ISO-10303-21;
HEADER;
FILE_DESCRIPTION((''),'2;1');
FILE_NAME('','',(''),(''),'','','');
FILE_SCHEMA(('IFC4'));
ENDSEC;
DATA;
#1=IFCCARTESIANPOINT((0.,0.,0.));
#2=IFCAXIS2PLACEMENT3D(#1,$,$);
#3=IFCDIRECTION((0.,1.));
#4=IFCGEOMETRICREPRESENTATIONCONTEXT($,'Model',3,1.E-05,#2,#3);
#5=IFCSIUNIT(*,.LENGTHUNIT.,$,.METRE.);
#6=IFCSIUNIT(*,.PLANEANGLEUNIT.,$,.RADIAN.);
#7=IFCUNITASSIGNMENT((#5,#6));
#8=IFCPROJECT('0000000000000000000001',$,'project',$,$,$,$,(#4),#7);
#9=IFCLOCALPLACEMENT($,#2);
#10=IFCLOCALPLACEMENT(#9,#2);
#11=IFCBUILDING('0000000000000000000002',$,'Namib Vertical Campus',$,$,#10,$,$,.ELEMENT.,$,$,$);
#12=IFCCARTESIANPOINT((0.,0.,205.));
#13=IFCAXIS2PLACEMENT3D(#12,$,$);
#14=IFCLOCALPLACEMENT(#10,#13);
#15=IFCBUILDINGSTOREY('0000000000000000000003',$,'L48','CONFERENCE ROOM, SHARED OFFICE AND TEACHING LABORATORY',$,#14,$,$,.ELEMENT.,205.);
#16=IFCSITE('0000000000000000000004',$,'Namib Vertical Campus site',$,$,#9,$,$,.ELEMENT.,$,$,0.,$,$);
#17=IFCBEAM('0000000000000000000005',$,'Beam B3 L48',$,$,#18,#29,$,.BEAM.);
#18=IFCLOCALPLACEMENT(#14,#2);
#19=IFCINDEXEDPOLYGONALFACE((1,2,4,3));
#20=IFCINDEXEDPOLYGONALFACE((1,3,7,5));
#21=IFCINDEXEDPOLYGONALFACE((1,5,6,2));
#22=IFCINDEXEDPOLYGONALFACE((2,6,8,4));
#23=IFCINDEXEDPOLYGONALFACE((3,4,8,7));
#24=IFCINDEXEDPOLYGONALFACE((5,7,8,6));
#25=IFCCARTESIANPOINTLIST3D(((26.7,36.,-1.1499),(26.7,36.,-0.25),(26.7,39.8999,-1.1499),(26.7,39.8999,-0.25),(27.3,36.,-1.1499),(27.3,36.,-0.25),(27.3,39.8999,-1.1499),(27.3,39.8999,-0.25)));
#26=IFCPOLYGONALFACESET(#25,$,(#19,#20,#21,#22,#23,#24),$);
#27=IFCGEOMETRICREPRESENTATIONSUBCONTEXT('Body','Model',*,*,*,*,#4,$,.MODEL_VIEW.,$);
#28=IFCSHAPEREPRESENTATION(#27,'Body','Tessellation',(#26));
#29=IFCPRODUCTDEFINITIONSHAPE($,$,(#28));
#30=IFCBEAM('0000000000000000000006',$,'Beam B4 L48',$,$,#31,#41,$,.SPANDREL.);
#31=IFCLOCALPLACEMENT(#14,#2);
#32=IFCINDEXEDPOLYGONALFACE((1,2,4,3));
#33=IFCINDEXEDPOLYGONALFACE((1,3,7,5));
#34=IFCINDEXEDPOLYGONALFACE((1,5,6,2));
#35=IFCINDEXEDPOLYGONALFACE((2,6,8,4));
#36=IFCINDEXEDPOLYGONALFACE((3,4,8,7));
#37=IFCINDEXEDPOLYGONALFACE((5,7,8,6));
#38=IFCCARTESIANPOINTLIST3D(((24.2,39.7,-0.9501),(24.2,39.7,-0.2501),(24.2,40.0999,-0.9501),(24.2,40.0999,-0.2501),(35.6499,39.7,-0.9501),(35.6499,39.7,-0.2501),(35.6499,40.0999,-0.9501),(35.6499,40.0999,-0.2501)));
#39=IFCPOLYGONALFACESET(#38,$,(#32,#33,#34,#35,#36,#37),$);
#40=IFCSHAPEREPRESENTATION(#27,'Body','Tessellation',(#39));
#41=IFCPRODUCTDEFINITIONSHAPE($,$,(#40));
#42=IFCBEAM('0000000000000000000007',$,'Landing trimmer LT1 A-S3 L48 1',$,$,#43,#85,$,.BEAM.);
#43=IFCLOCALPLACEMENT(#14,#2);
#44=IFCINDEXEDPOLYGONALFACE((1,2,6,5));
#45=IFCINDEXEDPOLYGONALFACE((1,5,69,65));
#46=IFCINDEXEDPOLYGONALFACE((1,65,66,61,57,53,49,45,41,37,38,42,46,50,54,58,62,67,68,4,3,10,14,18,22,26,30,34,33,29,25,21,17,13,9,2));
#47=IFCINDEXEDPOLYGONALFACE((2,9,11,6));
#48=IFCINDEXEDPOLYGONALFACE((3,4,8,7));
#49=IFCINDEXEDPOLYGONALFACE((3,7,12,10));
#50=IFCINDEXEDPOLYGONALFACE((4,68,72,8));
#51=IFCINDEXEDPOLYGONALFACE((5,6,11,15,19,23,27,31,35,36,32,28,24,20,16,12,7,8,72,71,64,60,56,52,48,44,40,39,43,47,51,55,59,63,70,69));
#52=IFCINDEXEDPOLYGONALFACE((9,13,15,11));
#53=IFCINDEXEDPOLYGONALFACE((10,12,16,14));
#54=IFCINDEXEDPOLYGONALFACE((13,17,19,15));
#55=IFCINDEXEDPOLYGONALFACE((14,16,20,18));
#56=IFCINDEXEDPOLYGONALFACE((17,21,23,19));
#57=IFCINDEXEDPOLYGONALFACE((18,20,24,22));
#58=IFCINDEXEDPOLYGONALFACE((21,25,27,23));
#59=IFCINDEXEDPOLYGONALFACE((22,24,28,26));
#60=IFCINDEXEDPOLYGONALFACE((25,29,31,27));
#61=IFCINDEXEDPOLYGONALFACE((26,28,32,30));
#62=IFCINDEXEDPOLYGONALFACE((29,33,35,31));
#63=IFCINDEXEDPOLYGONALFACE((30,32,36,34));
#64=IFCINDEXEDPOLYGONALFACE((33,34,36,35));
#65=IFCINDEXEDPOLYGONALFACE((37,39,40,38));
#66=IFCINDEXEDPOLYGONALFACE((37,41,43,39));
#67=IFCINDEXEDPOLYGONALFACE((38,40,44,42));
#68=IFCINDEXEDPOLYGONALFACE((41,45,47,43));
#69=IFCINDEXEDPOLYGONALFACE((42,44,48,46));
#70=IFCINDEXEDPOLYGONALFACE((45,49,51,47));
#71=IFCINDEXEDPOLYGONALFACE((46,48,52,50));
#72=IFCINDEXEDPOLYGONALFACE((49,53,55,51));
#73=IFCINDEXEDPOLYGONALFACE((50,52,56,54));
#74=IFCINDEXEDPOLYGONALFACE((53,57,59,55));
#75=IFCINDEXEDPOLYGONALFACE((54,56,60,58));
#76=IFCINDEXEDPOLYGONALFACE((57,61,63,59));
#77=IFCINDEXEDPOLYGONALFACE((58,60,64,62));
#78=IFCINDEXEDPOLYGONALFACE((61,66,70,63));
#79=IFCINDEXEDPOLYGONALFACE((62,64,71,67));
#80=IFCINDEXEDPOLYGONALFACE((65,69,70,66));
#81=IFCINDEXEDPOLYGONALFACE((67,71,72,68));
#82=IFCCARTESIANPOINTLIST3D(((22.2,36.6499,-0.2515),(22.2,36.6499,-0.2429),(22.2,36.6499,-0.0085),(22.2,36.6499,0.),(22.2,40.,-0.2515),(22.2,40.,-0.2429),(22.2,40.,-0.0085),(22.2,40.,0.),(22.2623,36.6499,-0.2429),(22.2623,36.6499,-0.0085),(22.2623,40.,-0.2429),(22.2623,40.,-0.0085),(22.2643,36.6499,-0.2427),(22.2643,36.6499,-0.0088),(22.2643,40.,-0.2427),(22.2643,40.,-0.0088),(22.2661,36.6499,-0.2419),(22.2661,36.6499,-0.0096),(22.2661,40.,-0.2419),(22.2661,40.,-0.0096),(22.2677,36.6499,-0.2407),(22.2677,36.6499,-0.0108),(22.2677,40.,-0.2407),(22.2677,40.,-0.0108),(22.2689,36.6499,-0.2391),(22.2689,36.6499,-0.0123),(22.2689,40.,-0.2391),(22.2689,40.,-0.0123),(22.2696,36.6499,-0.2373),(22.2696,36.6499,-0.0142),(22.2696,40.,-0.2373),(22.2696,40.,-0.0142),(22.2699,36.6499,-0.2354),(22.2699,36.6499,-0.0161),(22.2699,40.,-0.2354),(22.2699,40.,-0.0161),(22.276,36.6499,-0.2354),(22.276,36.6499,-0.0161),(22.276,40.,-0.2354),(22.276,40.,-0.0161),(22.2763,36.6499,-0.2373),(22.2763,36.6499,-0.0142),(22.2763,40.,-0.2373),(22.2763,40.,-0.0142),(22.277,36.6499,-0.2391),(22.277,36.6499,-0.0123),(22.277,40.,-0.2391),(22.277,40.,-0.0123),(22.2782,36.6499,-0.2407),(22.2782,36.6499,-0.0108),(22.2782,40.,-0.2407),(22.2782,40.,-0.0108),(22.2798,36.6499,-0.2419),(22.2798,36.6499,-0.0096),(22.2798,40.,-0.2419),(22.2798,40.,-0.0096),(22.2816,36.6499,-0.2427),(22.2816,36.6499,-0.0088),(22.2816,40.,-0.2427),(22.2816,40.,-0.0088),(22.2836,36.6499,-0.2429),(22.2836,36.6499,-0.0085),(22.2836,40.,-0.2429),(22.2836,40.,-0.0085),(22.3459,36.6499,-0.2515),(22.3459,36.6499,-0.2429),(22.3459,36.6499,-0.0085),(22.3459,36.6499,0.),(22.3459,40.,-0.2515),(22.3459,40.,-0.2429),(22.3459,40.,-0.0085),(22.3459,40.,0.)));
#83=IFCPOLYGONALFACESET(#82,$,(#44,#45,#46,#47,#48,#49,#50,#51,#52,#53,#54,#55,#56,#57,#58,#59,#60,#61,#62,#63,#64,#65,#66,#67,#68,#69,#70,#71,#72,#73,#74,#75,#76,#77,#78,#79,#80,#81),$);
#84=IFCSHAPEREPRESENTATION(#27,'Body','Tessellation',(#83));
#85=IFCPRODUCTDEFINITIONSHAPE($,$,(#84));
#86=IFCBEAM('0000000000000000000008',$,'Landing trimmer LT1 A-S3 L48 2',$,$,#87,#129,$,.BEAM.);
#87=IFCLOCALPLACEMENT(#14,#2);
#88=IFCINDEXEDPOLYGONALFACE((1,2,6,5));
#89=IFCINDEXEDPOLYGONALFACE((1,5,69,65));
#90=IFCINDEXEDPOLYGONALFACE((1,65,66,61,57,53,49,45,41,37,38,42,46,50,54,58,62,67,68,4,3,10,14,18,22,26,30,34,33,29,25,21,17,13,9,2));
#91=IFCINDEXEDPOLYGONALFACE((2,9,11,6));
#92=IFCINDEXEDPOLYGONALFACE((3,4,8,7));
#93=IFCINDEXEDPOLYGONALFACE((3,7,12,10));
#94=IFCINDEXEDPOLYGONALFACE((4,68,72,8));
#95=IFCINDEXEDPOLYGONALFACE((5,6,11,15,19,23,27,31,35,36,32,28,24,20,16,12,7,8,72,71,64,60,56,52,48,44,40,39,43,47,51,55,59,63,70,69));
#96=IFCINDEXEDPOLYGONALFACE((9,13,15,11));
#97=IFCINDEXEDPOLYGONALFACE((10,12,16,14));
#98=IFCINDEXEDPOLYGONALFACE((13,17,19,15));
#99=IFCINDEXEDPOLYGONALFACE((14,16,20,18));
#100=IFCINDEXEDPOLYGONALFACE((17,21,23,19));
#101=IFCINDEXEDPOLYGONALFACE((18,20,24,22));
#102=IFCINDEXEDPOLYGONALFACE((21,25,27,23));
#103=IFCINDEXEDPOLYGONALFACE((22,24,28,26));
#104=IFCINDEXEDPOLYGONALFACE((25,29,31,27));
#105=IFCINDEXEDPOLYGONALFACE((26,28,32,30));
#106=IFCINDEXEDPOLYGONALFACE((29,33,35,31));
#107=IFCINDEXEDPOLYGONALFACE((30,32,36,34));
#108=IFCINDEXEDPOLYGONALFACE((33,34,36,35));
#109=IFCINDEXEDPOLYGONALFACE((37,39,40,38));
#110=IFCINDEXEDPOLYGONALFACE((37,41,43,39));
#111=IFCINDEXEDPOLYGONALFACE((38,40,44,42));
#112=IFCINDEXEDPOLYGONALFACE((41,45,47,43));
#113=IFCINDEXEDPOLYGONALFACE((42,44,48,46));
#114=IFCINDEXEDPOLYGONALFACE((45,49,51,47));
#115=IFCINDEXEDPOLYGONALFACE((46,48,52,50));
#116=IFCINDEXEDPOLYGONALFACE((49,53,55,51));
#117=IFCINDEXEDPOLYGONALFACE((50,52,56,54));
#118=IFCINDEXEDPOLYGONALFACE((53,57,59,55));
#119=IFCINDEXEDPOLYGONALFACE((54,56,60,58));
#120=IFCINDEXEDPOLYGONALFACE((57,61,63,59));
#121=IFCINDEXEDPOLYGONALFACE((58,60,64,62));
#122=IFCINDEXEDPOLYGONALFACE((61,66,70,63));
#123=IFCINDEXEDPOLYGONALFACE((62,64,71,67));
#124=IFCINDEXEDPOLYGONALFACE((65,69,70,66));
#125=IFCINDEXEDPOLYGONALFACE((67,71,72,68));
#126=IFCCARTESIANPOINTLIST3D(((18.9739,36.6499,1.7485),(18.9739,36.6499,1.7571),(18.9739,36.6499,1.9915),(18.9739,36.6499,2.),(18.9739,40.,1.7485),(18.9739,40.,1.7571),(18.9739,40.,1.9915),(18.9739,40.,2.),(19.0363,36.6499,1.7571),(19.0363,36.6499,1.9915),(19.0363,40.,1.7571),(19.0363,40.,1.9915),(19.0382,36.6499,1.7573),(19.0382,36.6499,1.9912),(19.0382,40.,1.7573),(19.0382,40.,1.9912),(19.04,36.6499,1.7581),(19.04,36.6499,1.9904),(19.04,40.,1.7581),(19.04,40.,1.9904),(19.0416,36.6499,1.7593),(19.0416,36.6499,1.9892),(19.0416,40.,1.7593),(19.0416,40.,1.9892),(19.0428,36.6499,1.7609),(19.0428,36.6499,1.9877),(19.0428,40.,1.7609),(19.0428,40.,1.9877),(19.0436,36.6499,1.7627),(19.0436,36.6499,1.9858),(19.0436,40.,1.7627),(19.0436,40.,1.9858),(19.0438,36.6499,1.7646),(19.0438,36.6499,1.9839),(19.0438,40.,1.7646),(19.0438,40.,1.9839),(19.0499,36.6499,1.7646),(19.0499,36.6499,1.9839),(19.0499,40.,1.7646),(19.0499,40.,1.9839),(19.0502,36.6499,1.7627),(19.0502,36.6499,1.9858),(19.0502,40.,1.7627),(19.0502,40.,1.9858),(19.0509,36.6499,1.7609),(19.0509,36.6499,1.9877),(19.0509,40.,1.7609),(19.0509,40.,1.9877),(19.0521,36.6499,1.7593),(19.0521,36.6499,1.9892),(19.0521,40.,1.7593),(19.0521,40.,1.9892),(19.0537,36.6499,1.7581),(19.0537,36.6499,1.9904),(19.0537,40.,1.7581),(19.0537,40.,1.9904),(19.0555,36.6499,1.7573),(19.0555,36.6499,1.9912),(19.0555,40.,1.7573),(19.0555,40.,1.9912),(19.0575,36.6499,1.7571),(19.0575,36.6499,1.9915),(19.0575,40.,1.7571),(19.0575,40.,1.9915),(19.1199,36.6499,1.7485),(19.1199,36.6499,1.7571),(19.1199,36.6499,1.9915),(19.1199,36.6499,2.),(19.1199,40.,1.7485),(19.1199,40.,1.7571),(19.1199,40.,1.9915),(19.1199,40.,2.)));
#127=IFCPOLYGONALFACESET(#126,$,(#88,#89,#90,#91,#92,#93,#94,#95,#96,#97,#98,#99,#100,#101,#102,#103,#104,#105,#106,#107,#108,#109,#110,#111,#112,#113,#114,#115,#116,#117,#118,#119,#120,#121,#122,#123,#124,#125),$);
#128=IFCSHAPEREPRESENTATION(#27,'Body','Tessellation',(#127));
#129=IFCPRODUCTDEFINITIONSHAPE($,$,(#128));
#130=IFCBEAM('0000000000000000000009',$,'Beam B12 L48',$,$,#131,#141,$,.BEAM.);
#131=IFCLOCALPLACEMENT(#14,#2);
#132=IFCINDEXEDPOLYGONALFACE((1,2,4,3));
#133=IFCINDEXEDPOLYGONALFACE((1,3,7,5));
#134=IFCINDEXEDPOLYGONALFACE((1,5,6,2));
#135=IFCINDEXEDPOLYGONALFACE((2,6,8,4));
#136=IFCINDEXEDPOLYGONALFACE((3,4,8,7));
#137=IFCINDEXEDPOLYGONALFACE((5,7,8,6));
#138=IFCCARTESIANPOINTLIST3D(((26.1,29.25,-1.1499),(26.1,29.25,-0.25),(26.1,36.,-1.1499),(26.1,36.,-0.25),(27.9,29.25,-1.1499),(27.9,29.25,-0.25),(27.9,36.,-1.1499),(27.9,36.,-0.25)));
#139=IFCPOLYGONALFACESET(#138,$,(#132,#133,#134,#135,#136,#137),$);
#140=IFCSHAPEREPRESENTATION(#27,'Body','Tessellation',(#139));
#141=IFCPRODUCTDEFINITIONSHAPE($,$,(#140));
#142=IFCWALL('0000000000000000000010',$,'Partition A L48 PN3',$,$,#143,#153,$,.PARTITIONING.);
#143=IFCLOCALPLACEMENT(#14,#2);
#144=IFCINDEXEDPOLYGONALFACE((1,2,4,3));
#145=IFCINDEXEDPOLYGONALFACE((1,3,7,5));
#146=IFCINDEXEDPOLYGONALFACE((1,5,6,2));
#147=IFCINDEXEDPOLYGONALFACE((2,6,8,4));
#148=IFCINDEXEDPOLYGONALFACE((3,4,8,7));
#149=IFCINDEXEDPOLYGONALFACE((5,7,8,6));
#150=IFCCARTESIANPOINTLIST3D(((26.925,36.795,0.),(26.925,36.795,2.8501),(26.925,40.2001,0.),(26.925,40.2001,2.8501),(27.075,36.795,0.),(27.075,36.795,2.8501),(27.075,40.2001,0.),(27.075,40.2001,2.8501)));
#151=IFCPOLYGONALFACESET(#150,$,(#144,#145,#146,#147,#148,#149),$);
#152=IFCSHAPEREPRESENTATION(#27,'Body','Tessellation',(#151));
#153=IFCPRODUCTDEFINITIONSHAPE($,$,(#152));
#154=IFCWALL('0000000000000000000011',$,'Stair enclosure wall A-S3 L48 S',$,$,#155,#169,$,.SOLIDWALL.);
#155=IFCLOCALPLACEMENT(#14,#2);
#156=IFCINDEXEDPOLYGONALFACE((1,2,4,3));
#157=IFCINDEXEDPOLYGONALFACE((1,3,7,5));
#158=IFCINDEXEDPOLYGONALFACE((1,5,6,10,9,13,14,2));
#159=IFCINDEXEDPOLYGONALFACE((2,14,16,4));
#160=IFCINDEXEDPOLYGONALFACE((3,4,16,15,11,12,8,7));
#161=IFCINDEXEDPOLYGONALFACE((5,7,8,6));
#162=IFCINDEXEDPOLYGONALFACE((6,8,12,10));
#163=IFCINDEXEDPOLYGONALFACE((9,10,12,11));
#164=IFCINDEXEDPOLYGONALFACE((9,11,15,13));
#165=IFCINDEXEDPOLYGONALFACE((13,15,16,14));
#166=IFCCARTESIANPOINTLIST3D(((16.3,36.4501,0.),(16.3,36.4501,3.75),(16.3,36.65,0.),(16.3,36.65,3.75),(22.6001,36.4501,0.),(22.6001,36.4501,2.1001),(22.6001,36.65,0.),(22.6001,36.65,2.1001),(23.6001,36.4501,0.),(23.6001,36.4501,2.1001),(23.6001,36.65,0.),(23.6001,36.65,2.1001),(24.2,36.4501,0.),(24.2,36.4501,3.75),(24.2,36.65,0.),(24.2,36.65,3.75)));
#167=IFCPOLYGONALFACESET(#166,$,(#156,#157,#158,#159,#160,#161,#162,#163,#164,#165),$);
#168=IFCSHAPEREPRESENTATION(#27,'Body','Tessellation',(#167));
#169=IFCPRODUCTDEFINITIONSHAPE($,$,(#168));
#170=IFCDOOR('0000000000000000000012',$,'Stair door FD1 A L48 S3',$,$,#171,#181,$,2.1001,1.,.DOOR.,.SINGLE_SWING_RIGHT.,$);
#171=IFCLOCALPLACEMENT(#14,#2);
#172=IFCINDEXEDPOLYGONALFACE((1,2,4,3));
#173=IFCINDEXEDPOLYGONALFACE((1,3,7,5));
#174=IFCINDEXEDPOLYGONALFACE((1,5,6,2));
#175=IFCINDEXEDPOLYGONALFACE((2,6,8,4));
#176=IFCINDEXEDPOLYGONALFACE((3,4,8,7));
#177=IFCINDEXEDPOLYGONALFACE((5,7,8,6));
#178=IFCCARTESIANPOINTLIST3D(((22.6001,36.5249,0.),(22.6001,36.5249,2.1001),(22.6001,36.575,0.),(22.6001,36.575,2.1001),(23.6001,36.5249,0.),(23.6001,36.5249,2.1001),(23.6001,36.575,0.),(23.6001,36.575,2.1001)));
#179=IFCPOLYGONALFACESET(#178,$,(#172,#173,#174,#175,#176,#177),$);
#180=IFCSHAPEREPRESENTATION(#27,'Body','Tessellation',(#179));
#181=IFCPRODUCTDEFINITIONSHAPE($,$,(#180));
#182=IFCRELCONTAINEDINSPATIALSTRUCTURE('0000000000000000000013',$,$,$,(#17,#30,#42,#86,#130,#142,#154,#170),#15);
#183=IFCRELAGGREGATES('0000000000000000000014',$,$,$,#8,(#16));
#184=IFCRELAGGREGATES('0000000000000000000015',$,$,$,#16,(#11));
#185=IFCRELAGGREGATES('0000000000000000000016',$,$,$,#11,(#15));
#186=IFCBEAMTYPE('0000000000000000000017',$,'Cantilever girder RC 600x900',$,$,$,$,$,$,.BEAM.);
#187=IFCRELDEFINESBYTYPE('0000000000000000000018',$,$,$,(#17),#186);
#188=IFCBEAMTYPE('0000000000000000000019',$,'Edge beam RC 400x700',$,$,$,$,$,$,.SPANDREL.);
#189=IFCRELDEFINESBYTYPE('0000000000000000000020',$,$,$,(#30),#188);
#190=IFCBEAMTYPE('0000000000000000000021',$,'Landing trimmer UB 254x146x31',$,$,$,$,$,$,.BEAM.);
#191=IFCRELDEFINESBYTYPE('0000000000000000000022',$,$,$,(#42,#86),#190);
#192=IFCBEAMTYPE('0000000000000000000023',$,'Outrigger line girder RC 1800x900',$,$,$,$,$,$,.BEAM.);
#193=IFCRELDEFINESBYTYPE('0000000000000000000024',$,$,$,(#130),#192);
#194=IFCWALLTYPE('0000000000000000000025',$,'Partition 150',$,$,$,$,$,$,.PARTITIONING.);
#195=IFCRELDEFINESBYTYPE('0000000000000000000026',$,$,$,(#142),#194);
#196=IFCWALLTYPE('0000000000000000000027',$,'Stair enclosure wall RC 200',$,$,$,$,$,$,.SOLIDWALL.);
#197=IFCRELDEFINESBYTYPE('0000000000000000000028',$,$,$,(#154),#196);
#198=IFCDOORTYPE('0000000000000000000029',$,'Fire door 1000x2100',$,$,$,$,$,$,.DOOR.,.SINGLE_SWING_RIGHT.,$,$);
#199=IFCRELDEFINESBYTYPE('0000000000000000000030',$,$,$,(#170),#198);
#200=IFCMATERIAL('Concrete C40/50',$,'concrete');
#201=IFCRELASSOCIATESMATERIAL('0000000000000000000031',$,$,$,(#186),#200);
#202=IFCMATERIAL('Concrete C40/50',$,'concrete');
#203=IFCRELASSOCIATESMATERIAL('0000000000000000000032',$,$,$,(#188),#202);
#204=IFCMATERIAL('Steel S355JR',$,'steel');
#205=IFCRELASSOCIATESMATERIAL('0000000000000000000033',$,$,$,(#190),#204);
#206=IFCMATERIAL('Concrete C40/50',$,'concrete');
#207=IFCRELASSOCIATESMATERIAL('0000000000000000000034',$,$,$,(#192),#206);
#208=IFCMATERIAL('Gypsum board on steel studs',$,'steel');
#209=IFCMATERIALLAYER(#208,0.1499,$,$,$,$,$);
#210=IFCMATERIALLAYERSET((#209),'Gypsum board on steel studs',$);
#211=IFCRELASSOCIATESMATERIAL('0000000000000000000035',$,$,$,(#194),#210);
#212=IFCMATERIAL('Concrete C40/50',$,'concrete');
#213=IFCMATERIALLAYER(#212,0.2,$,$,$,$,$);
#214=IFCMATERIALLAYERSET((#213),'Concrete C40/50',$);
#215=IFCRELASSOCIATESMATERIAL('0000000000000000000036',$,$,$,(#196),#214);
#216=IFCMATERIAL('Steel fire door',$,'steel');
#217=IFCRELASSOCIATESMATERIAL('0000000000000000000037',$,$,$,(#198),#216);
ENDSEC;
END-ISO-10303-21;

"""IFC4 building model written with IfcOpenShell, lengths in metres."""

from ifc_helpers import new_model, si_unit, direction, frame, frame_2d, origin, origin_2d, place, context, subcontext, project, spatial, rectangle, i_section, extrude, material, layer, layer_set, material_profile, profile_set, type_object, element, fill, save


model = new_model("IFC4")

# Units and contexts
model_context = context("Model", 3, precision=1e-05, world=origin(), true_north=direction((0.0, 1.0)))
body_context = subcontext(model_context, "Body", "Model", "MODEL_VIEW")
ifc_project = project(units=[si_unit("LENGTHUNIT", "METRE"), si_unit("PLANEANGLEUNIT", "RADIAN")], contexts=[model_context])

# Site, building, storey
site_placement = place(None, origin())
site = spatial("IfcSite", under=ifc_project, at=site_placement, Name="Namib Vertical Campus site", CompositionType="ELEMENT", RefElevation=0.0)
building_placement = place(site_placement, origin())
building = spatial("IfcBuilding", under=site, at=building_placement, Name="Namib Vertical Campus", CompositionType="ELEMENT")
storey_placement = place(building_placement, frame((0.0, 0.0, 205.0)))
storey = spatial("IfcBuildingStorey", under=building, at=storey_placement, Name="L48", Description="CONFERENCE ROOM, SHARED OFFICE AND TEACHING LABORATORY", CompositionType="ELEMENT", Elevation=205.0)

# Beams
ifc_material_1 = material(Name="Concrete C40/50", Category="concrete")
ifc_material_profile_1 = material_profile(ifc_material_1, rectangle(XDim=0.6001, YDim=0.8999, at=origin_2d()))
ifc_profile_set_1 = profile_set([ifc_material_profile_1], Name="Concrete C40/50")
beam_type_1 = type_object("IfcBeamType", Name="Cantilever girder RC 600x900", PredefinedType="BEAM", material=ifc_profile_set_1)
beam_1_placement = place(storey_placement, frame((27.0, 36.0, -0.7), z_axis=(0.0, 1.0, 0.0), x_axis=(-1.0, 0.0, 0.0)))
element("IfcBeam", 1, at=beam_1_placement, inside=storey, type_object=beam_type_1, Name="Beam B3 L48", PredefinedType="BEAM", context=body_context, shape_type="SweptSolid", body=[
    extrude(rectangle(XDim=0.6001, YDim=0.8999, at=origin_2d()), origin(), (0.0, 0.0, 1.0), 3.8999),
])
ifc_material_2 = material(Name="Concrete C40/50", Category="concrete")
ifc_material_profile_2 = material_profile(ifc_material_2, rectangle(XDim=0.3999, YDim=0.7, at=origin_2d()))
ifc_profile_set_2 = profile_set([ifc_material_profile_2], Name="Concrete C40/50")
beam_type_2 = type_object("IfcBeamType", Name="Edge beam RC 400x700", PredefinedType="SPANDREL", material=ifc_profile_set_2)
beam_2_placement = place(storey_placement, frame((24.2, 39.8999, -0.6001), z_axis=(1.0, 0.0, 0.0), x_axis=(0.0, 1.0, 0.0)))
element("IfcBeam", 2, at=beam_2_placement, inside=storey, type_object=beam_type_2, Name="Beam B4 L48", PredefinedType="SPANDREL", context=body_context, shape_type="SweptSolid", body=[
    extrude(rectangle(XDim=0.3999, YDim=0.7, at=origin_2d()), origin(), (0.0, 0.0, 1.0), 11.45),
])
ifc_material_3 = material(Name="Steel S355JR", Category="steel")
ifc_material_profile_3 = material_profile(ifc_material_3, i_section(OverallWidth=0.146, OverallDepth=0.2515, WebThickness=0.0061, FlangeThickness=0.0085, FilletRadius=0.0076, at=origin_2d()))
ifc_profile_set_3 = profile_set([ifc_material_profile_3], Name="Steel S355JR")
beam_type_3 = type_object("IfcBeamType", Name="Landing trimmer UB 254x146x31", PredefinedType="BEAM", material=ifc_profile_set_3)
for number, where, z_axis, x_axis, name in (
    (3, (22.2729, 36.6499, -0.1257), (0.0, 1.0, 0.0), (-1.0, 0.0, 0.0), "Landing trimmer LT1 A-S3 L48 1"),
    (4, (19.0469, 36.6499, 1.8743), (0.0, 1.0, 0.0), (-1.0, 0.0, 0.0), "Landing trimmer LT1 A-S3 L48 2"),
):
    element("IfcBeam", number, at=place(storey_placement, frame(where, z_axis=z_axis, x_axis=x_axis)), inside=storey, type_object=beam_type_3, Name=name, PredefinedType="BEAM", context=body_context, shape_type="SweptSolid", body=[
        extrude(i_section(OverallWidth=0.146, OverallDepth=0.2515, WebThickness=0.0061, FlangeThickness=0.0085, FilletRadius=0.0076, at=origin_2d()), origin(), (0.0, 0.0, 1.0), 3.3501),
    ])
ifc_material_4 = material(Name="Concrete C40/50", Category="concrete")
ifc_material_profile_4 = material_profile(ifc_material_4, rectangle(XDim=1.8, YDim=0.8999, at=origin_2d()))
ifc_profile_set_4 = profile_set([ifc_material_profile_4], Name="Concrete C40/50")
beam_type_4 = type_object("IfcBeamType", Name="Outrigger line girder RC 1800x900", PredefinedType="BEAM", material=ifc_profile_set_4)
beam_3_placement = place(storey_placement, frame((27.0, 36.0, -0.7), z_axis=(0.0, -1.0, 0.0), x_axis=(1.0, 0.0, 0.0)))
element("IfcBeam", 5, at=beam_3_placement, inside=storey, type_object=beam_type_4, Name="Beam B12 L48", PredefinedType="BEAM", context=body_context, shape_type="SweptSolid", body=[
    extrude(rectangle(XDim=1.8, YDim=0.8999, at=origin_2d()), origin(), (0.0, 0.0, 1.0), 6.75),
])

# Wall
ifc_material_5 = material(Name="Gypsum board on steel studs", Category="steel")
ifc_layer_1 = layer(ifc_material_5, 0.1499)
ifc_layer_set_1 = layer_set([ifc_layer_1], Name="Gypsum board on steel studs")
wall_type_1 = type_object("IfcWallType", Name="Partition 150", PredefinedType="PARTITIONING", material=ifc_layer_set_1)
wall_1_placement = place(storey_placement, frame((27.0, 36.7949, 0.0), z_axis=(0.0, 0.0, 1.0), x_axis=(0.0, 1.0, 0.0)))
element("IfcWall", 6, at=wall_1_placement, inside=storey, type_object=wall_type_1, Name="Partition A L48 PN3", PredefinedType="PARTITIONING", context=body_context, shape_type="SweptSolid", body=[
    extrude(rectangle(XDim=3.405, YDim=0.1499, at=frame_2d((1.7026, 0.0))), origin(), (0.0, 0.0, 1.0), 2.8501),
])

# Wall, opening, door
ifc_material_6 = material(Name="Concrete C40/50", Category="concrete")
ifc_layer_2 = layer(ifc_material_6, 0.2)
ifc_layer_set_2 = layer_set([ifc_layer_2], Name="Concrete C40/50")
wall_type_2 = type_object("IfcWallType", Name="Stair enclosure wall RC 200", PredefinedType="SOLIDWALL", material=ifc_layer_set_2)
wall_2_placement = place(storey_placement, frame((16.3, 36.55, 0.0), z_axis=(0.0, 0.0, 1.0), x_axis=(1.0, 0.0, 0.0)))
wall_2 = element("IfcWall", 7, at=wall_2_placement, inside=storey, type_object=wall_type_2, Name="Stair enclosure wall A-S3 L48 S", PredefinedType="SOLIDWALL", context=body_context, shape_type="SweptSolid", body=[
    extrude(rectangle(XDim=7.8999, YDim=0.2, at=frame_2d((3.95, 0.0))), origin(), (0.0, 0.0, 1.0), 3.75),
])
opening_placement = place(wall_2_placement, frame((6.3, 0.0, 0.0)))
opening = element("IfcOpeningElement", 8, at=opening_placement, cuts=wall_2, PredefinedType="OPENING", context=body_context, shape_type="SweptSolid", body=[
    extrude(rectangle(XDim=1.0, YDim=2.1001, at=frame_2d((0.5, 1.05))), frame((0.0, 0.1099, 0.0), z_axis=(0.0, -1.0, 0.0), x_axis=(1.0, 0.0, 0.0)), (0.0, 0.0, 1.0), 0.22),
])
ifc_material_7 = material(Name="Steel fire door", Category="steel")
door_type = type_object("IfcDoorType", Name="Fire door 1000x2100", OperationType="SINGLE_SWING_RIGHT", PredefinedType="DOOR", material=ifc_material_7)
door_placement = place(opening_placement, origin())
door = element("IfcDoor", 9, at=door_placement, inside=storey, type_object=door_type, Name="Stair door FD1 A L48 S3", OperationType="SINGLE_SWING_RIGHT", OverallHeight=2.1001, OverallWidth=1.0, PredefinedType="DOOR", context=body_context, shape_type="SweptSolid", body=[
    extrude(rectangle(XDim=1.0, YDim=2.1001, at=frame_2d((0.5, 1.05))), frame((0.0, 0.0249, 0.0), z_axis=(0.0, -1.0, 0.0), x_axis=(1.0, 0.0, 0.0)), (0.0, 0.0, 1.0), 0.05),
])
fill(opening, door)

save(model, "model.ifc")
